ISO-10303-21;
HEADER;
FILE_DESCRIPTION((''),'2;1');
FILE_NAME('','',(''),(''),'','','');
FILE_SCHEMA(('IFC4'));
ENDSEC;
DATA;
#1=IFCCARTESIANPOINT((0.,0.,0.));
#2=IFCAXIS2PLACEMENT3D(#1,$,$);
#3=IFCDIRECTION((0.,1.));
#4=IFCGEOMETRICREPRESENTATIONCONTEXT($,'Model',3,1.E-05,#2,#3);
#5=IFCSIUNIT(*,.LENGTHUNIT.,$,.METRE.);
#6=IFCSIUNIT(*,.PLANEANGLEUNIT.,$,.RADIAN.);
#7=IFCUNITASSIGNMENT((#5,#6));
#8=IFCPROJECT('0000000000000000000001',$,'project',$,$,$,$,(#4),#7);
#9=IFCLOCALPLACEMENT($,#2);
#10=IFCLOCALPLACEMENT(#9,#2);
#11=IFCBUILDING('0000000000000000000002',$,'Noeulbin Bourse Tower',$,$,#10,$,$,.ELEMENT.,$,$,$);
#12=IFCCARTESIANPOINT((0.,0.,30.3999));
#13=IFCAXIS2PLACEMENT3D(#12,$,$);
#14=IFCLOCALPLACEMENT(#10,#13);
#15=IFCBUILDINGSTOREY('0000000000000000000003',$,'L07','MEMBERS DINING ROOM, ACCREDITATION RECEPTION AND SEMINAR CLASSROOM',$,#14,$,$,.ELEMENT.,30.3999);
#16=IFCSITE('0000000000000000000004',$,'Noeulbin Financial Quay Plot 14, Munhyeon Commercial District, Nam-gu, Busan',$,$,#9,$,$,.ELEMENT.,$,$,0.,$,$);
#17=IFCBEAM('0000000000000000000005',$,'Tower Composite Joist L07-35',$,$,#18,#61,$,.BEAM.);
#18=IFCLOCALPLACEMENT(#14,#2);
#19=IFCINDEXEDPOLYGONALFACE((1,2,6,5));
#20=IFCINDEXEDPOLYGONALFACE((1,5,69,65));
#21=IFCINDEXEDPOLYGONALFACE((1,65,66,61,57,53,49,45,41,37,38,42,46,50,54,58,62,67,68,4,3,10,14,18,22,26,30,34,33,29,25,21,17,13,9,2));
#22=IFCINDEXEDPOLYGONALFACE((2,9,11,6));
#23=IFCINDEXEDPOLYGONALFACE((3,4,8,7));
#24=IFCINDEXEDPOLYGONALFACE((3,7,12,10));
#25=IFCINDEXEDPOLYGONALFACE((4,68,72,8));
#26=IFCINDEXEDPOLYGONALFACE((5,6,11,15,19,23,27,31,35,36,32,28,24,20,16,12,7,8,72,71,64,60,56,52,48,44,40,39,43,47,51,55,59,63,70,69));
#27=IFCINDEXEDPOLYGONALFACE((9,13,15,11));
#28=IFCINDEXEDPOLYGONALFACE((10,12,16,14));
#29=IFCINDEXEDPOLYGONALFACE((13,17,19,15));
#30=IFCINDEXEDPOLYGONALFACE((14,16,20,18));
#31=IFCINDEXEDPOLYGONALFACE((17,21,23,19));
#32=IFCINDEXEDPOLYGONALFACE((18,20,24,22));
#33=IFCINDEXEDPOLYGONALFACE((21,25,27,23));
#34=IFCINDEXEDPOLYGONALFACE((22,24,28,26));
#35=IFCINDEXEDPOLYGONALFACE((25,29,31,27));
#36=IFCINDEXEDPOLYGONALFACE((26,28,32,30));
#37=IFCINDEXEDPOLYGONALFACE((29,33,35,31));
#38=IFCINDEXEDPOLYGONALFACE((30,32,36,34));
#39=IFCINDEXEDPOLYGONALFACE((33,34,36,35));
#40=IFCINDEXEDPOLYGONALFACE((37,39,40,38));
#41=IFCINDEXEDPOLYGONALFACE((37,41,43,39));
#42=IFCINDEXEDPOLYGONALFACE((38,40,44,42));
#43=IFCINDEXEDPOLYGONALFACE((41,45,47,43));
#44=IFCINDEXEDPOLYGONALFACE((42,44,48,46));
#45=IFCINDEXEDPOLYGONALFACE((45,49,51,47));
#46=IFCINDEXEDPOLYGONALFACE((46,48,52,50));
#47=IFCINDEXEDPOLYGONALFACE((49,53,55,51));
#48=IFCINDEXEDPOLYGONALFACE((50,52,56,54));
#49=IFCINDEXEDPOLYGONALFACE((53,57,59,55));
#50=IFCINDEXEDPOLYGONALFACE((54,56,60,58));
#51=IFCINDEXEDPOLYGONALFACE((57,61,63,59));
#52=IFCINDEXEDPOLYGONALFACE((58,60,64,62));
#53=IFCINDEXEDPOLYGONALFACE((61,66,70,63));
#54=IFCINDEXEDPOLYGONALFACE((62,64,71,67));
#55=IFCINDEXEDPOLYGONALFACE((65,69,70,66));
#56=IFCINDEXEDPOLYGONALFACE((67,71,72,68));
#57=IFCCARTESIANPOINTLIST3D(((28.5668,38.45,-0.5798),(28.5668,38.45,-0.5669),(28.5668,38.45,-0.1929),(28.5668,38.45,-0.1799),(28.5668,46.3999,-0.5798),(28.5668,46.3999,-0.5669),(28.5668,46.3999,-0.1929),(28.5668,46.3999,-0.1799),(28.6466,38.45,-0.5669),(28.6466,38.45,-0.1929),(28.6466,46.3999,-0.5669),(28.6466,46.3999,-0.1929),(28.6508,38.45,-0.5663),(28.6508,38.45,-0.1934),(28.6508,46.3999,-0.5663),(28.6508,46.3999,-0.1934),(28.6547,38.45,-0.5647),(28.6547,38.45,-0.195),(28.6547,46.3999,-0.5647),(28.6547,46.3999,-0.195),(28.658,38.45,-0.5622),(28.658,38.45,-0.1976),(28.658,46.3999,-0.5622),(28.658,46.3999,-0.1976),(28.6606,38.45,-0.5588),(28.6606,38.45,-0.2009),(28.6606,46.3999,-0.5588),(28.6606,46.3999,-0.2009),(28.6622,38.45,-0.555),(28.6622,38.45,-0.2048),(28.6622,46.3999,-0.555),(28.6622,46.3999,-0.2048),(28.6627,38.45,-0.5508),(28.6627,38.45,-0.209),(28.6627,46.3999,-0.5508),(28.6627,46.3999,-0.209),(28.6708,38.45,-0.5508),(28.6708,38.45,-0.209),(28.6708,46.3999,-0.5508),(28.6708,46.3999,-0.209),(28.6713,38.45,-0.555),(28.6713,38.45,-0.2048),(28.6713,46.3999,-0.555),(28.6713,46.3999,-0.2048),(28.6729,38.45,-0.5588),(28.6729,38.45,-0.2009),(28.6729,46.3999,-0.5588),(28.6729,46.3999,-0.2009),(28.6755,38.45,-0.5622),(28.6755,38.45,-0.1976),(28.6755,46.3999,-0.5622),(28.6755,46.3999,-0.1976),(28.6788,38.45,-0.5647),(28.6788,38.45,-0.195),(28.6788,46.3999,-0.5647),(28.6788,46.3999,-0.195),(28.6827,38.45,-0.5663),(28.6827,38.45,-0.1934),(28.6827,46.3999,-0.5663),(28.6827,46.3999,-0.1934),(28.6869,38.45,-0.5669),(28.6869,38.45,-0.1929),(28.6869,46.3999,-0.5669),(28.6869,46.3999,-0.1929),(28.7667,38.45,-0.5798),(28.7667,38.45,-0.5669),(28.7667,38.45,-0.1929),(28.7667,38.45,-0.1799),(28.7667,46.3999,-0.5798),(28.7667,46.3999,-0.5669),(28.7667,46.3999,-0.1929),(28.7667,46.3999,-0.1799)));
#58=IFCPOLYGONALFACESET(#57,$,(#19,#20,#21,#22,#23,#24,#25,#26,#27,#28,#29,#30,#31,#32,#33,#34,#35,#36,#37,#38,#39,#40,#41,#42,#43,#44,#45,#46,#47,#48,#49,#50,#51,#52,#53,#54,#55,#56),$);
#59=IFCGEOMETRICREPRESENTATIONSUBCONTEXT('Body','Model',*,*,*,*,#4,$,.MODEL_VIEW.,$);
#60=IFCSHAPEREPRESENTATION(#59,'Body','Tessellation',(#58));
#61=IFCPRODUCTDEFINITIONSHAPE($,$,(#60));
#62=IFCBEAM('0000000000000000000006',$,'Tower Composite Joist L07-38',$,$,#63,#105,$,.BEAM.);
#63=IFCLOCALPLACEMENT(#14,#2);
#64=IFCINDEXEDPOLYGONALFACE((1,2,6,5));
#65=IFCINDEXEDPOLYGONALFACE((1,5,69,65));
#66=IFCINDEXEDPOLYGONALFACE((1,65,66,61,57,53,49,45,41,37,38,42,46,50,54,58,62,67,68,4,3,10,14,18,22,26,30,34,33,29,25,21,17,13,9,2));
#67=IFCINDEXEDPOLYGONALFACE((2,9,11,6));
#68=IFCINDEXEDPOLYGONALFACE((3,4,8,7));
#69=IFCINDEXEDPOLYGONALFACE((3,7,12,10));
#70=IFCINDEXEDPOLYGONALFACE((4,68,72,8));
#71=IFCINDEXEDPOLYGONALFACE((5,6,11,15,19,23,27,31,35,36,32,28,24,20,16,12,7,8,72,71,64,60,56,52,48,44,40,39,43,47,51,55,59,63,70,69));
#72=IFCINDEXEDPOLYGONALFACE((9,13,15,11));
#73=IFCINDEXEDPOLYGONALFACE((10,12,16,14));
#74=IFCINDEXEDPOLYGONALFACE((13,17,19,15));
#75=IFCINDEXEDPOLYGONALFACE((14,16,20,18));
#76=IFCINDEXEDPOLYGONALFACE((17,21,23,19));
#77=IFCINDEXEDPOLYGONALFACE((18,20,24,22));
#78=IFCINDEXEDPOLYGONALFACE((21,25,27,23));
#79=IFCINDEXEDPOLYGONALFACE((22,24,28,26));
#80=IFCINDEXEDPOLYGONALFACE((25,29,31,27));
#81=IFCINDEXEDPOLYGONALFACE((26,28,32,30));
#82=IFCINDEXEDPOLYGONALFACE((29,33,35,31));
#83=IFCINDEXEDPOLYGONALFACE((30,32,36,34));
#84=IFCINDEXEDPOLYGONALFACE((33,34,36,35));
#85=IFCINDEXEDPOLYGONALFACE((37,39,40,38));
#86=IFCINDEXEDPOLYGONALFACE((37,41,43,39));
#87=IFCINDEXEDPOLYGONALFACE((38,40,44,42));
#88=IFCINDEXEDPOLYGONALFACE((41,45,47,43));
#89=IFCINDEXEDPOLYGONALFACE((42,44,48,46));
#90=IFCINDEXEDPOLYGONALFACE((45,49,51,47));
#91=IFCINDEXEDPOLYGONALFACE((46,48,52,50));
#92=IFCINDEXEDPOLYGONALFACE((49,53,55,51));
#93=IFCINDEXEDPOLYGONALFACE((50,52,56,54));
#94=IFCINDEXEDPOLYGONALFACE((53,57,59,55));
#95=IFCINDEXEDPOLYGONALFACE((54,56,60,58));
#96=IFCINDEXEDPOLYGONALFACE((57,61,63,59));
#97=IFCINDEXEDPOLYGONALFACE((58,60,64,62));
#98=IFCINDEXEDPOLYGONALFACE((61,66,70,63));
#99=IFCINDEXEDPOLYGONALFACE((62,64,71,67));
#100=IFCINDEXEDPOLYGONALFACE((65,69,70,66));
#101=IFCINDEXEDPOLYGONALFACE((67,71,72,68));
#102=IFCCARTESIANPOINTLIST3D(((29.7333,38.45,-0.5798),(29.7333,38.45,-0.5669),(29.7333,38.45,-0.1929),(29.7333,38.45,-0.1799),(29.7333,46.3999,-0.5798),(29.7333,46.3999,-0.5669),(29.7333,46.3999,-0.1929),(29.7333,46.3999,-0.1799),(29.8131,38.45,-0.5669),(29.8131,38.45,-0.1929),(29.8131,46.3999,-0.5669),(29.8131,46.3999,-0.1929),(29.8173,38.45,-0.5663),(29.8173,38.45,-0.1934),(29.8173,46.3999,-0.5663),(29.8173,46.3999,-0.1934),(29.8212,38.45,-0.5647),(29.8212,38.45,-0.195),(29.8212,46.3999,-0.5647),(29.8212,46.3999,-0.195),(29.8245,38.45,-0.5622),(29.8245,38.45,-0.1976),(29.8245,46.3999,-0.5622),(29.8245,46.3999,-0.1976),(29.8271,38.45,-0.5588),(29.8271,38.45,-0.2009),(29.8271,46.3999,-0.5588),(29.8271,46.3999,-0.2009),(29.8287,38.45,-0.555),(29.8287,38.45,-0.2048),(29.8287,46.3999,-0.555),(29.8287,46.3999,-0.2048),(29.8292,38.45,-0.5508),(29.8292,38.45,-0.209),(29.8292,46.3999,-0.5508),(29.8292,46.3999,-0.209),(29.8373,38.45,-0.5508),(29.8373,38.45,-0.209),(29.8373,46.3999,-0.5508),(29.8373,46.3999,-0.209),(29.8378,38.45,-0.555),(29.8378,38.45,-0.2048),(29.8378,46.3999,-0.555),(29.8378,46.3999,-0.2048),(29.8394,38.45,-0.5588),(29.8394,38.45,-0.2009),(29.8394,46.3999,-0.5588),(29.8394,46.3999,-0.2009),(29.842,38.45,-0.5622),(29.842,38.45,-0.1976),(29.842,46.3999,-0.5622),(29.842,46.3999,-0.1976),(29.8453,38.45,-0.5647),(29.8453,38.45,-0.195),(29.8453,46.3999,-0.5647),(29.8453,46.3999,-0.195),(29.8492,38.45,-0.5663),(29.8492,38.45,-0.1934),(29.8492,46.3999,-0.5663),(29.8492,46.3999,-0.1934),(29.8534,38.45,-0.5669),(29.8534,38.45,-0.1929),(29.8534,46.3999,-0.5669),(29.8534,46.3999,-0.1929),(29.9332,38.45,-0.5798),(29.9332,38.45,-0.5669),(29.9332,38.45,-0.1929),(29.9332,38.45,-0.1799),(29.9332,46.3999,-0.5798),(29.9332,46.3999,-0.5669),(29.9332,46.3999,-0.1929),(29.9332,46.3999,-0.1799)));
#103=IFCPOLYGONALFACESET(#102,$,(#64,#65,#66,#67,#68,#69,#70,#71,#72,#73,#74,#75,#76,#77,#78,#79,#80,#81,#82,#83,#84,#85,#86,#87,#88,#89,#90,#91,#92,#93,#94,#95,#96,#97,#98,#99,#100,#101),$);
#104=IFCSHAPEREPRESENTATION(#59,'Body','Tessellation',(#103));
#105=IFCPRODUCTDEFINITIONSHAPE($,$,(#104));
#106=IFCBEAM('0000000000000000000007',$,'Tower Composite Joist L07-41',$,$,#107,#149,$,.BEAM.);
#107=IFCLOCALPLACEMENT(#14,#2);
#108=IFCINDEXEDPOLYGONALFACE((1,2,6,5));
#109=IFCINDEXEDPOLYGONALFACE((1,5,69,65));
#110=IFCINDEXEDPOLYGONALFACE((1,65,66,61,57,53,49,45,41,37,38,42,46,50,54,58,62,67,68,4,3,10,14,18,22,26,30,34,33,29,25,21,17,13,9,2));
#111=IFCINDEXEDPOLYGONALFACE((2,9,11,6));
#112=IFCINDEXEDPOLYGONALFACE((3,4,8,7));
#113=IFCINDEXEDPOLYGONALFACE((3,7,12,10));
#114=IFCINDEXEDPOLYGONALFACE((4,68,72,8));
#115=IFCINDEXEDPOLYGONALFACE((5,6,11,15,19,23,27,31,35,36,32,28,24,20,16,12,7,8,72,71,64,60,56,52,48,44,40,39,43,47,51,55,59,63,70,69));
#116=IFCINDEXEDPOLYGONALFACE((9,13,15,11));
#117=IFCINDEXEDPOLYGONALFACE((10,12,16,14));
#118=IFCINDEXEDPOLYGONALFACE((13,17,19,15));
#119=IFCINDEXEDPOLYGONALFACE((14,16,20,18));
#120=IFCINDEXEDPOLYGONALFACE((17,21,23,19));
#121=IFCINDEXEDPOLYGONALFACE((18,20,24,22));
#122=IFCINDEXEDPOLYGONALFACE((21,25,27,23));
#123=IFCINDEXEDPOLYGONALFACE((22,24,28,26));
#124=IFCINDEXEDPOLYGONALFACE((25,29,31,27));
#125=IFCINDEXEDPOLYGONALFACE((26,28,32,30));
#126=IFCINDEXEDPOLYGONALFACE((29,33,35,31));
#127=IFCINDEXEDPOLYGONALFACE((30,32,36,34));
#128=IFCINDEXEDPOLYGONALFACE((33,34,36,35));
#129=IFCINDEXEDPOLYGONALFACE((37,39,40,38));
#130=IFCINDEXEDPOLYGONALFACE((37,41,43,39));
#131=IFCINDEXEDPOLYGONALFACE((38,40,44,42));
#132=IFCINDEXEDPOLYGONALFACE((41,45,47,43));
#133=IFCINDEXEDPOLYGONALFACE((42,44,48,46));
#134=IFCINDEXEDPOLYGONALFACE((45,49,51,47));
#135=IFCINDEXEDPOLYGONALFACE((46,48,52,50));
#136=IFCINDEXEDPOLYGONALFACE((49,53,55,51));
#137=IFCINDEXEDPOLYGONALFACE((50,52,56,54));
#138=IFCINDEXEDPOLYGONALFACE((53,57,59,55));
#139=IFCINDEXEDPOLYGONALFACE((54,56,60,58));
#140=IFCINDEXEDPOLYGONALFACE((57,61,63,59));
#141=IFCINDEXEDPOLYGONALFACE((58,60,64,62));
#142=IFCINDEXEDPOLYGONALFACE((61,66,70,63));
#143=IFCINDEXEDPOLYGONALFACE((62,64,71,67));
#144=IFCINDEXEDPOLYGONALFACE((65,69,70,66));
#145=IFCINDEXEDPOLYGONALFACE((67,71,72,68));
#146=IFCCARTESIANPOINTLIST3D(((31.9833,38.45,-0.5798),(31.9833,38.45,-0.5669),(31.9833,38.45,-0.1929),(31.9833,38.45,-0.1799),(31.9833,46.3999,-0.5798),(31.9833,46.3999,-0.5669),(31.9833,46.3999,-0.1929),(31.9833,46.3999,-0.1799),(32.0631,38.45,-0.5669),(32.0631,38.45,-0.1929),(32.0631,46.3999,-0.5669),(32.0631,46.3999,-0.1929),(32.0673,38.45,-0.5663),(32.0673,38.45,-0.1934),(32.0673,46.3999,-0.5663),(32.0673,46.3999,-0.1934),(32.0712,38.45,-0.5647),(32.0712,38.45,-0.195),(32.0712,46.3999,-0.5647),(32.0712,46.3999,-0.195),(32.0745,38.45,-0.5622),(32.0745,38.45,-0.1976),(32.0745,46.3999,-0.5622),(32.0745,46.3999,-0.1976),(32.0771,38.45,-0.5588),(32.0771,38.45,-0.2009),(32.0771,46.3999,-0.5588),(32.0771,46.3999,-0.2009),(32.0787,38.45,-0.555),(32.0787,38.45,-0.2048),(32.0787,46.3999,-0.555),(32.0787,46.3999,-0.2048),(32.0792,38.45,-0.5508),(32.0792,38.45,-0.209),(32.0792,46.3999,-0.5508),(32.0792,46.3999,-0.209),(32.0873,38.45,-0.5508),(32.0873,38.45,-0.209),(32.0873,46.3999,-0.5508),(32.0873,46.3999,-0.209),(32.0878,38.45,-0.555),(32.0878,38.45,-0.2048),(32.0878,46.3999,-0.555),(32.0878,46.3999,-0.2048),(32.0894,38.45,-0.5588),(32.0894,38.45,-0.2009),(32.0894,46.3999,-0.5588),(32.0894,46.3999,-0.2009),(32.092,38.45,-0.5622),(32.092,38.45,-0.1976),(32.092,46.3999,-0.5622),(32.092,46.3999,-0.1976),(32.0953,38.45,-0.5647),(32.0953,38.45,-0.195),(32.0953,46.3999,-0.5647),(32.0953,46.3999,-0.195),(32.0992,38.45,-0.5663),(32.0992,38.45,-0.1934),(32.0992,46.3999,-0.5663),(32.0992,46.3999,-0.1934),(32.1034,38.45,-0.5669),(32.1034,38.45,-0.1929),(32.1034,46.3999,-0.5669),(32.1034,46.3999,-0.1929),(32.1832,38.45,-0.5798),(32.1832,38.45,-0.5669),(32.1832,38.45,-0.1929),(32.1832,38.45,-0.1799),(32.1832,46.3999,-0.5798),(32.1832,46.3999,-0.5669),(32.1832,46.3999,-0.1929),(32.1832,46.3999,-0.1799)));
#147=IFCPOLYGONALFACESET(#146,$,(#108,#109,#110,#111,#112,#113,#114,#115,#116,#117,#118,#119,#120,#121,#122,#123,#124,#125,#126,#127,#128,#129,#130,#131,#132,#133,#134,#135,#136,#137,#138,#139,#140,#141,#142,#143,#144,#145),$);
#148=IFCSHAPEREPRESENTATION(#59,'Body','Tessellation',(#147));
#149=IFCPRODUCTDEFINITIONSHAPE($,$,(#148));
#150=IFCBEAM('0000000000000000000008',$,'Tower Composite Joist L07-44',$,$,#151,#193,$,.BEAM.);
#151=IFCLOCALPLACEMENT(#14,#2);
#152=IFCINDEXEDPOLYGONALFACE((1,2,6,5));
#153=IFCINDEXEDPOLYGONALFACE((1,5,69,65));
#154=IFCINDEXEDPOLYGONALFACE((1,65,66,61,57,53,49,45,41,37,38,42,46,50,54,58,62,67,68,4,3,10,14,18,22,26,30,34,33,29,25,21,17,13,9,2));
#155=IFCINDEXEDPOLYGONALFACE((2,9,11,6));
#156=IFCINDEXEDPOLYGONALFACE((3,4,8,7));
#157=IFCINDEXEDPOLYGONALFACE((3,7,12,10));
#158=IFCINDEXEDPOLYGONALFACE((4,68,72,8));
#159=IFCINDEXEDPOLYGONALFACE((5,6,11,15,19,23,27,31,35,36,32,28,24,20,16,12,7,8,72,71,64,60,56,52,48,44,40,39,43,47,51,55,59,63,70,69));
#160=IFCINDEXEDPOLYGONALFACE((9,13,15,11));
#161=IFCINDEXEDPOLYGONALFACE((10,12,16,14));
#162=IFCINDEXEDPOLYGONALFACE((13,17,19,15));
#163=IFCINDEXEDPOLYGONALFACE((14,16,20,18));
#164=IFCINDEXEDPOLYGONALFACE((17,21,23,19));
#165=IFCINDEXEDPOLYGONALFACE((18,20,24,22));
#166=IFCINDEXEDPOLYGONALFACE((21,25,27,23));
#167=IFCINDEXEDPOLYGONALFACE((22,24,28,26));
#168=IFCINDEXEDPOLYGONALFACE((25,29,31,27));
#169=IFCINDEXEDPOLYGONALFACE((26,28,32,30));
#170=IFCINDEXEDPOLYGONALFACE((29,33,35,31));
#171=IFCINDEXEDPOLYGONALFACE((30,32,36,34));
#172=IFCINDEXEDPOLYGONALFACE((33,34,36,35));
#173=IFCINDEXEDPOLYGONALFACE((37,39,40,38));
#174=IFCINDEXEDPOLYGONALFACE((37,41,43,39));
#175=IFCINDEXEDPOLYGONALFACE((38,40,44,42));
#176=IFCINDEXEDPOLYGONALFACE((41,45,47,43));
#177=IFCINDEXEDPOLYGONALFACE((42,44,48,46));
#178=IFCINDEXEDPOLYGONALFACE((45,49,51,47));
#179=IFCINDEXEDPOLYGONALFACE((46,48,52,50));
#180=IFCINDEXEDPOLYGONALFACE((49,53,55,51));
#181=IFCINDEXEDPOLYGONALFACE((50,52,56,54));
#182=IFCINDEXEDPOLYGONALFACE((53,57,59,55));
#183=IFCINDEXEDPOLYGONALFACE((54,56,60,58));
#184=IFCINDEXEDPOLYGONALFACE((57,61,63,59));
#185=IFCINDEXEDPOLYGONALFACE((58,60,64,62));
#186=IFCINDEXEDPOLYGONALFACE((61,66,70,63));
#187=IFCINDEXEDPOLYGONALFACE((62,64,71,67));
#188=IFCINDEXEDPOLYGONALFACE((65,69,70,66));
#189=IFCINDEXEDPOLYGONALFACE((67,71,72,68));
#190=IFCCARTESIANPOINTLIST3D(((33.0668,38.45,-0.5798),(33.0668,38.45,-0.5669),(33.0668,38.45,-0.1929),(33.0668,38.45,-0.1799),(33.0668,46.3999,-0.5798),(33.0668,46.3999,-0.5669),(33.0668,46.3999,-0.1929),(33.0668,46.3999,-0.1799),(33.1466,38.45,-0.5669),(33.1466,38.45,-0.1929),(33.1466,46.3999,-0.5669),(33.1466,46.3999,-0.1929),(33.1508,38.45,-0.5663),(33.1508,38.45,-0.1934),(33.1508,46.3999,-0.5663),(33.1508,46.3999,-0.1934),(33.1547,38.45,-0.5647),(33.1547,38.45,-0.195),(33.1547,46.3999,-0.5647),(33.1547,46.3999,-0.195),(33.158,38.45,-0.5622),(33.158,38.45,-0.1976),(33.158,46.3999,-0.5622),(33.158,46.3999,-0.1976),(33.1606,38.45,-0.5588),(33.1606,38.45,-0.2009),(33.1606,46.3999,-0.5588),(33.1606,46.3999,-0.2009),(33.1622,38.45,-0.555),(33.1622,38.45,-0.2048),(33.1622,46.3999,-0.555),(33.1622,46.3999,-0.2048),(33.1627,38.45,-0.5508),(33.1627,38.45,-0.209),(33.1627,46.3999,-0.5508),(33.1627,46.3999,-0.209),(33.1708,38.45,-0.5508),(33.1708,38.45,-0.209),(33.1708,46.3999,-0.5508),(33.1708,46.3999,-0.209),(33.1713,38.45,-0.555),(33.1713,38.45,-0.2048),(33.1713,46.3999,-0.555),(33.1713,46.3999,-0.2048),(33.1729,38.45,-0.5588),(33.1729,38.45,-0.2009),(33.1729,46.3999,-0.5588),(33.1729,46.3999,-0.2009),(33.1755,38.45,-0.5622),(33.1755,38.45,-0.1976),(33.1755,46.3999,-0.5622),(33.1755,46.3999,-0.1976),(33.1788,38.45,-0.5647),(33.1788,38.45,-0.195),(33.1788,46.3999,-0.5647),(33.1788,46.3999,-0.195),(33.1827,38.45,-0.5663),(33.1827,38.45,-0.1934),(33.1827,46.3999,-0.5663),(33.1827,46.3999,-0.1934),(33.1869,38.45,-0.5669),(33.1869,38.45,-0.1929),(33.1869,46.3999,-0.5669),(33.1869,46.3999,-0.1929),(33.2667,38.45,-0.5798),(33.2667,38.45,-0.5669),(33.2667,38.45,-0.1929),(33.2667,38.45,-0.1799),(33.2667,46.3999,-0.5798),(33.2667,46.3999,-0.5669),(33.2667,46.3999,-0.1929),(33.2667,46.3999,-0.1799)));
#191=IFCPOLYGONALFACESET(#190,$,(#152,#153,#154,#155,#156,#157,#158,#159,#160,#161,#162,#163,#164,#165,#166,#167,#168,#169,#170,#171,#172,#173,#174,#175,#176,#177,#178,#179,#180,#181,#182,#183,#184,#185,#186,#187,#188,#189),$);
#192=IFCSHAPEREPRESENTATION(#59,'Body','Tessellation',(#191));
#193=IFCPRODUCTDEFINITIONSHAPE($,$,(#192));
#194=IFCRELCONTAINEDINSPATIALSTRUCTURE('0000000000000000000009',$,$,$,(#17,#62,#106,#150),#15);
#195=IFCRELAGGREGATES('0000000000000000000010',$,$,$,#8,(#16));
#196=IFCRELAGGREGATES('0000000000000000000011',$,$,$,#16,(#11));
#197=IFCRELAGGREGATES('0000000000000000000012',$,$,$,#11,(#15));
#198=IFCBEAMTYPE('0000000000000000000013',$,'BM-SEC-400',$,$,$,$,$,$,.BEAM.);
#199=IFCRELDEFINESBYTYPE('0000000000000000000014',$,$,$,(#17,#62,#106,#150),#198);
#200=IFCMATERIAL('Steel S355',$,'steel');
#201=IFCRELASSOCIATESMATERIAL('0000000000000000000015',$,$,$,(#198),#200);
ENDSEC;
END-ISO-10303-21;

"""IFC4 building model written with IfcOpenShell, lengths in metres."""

from ifc_helpers import new_model, si_unit, direction, frame, origin, origin_2d, place, context, subcontext, project, spatial, i_section, extrude, material, material_profile, profile_set, type_object, element, save


model = new_model("IFC4")

# Units and contexts
model_context = context("Model", 3, precision=1e-05, world=origin(), true_north=direction((0.0, 1.0)))
body_context = subcontext(model_context, "Body", "Model", "MODEL_VIEW")
ifc_project = project(units=[si_unit("LENGTHUNIT", "METRE"), si_unit("PLANEANGLEUNIT", "RADIAN")], contexts=[model_context])

# Site, building, storey
site_placement = place(None, origin())
site = spatial("IfcSite", under=ifc_project, at=site_placement, Name="Noeulbin Financial Quay Plot 14, Munhyeon Commercial District, Nam-gu, Busan", CompositionType="ELEMENT", RefElevation=0.0)
building_placement = place(site_placement, origin())
building = spatial("IfcBuilding", under=site, at=building_placement, Name="Noeulbin Bourse Tower", CompositionType="ELEMENT")
storey_placement = place(building_placement, frame((0.0, 0.0, 30.3999)))
storey = spatial("IfcBuildingStorey", under=building, at=storey_placement, Name="L07", Description="MEMBERS DINING ROOM, ACCREDITATION RECEPTION AND SEMINAR CLASSROOM", CompositionType="ELEMENT", Elevation=30.3999)

# Beams
ifc_material_1 = material(Name="Steel S355", Category="steel")
ifc_material_profile_1 = material_profile(ifc_material_1, i_section(OverallWidth=0.2, OverallDepth=0.3999, WebThickness=0.0081, FlangeThickness=0.0129, FilletRadius=0.0161, at=origin_2d()), Name="H-400x200x8x13", Category="LoadBearing")
ifc_profile_set_1 = profile_set([ifc_material_profile_1], Name="Steel S355")
beam_type_1 = type_object("IfcBeamType", Name="BM-SEC-400", PredefinedType="BEAM", material=ifc_profile_set_1)
for number, where, z_axis, x_axis, name in (
    (1, (28.6667, 38.45, -0.3799), (0.0, 1.0, 0.0), (-1.0, 0.0, 0.0), "Tower Composite Joist L07-35"),
    (2, (29.8333, 38.45, -0.3799), (0.0, 1.0, 0.0), (-1.0, 0.0, 0.0), "Tower Composite Joist L07-38"),
    (3, (32.0833, 38.45, -0.3799), (0.0, 1.0, 0.0), (-1.0, 0.0, 0.0), "Tower Composite Joist L07-41"),
    (4, (33.1667, 38.45, -0.3799), (0.0, 1.0, 0.0), (-1.0, 0.0, 0.0), "Tower Composite Joist L07-44"),
):
    element("IfcBeam", number, at=place(storey_placement, frame(where, z_axis=z_axis, x_axis=x_axis)), inside=storey, type_object=beam_type_1, Name=name, PredefinedType="BEAM", context=body_context, shape_type="SweptSolid", body=[
        extrude(i_section(OverallWidth=0.2, OverallDepth=0.3999, WebThickness=0.0081, FlangeThickness=0.0129, FilletRadius=0.0161, at=origin_2d()), origin(), (0.0, 0.0, 1.0), 7.95),
    ])

save(model, "model.ifc")
